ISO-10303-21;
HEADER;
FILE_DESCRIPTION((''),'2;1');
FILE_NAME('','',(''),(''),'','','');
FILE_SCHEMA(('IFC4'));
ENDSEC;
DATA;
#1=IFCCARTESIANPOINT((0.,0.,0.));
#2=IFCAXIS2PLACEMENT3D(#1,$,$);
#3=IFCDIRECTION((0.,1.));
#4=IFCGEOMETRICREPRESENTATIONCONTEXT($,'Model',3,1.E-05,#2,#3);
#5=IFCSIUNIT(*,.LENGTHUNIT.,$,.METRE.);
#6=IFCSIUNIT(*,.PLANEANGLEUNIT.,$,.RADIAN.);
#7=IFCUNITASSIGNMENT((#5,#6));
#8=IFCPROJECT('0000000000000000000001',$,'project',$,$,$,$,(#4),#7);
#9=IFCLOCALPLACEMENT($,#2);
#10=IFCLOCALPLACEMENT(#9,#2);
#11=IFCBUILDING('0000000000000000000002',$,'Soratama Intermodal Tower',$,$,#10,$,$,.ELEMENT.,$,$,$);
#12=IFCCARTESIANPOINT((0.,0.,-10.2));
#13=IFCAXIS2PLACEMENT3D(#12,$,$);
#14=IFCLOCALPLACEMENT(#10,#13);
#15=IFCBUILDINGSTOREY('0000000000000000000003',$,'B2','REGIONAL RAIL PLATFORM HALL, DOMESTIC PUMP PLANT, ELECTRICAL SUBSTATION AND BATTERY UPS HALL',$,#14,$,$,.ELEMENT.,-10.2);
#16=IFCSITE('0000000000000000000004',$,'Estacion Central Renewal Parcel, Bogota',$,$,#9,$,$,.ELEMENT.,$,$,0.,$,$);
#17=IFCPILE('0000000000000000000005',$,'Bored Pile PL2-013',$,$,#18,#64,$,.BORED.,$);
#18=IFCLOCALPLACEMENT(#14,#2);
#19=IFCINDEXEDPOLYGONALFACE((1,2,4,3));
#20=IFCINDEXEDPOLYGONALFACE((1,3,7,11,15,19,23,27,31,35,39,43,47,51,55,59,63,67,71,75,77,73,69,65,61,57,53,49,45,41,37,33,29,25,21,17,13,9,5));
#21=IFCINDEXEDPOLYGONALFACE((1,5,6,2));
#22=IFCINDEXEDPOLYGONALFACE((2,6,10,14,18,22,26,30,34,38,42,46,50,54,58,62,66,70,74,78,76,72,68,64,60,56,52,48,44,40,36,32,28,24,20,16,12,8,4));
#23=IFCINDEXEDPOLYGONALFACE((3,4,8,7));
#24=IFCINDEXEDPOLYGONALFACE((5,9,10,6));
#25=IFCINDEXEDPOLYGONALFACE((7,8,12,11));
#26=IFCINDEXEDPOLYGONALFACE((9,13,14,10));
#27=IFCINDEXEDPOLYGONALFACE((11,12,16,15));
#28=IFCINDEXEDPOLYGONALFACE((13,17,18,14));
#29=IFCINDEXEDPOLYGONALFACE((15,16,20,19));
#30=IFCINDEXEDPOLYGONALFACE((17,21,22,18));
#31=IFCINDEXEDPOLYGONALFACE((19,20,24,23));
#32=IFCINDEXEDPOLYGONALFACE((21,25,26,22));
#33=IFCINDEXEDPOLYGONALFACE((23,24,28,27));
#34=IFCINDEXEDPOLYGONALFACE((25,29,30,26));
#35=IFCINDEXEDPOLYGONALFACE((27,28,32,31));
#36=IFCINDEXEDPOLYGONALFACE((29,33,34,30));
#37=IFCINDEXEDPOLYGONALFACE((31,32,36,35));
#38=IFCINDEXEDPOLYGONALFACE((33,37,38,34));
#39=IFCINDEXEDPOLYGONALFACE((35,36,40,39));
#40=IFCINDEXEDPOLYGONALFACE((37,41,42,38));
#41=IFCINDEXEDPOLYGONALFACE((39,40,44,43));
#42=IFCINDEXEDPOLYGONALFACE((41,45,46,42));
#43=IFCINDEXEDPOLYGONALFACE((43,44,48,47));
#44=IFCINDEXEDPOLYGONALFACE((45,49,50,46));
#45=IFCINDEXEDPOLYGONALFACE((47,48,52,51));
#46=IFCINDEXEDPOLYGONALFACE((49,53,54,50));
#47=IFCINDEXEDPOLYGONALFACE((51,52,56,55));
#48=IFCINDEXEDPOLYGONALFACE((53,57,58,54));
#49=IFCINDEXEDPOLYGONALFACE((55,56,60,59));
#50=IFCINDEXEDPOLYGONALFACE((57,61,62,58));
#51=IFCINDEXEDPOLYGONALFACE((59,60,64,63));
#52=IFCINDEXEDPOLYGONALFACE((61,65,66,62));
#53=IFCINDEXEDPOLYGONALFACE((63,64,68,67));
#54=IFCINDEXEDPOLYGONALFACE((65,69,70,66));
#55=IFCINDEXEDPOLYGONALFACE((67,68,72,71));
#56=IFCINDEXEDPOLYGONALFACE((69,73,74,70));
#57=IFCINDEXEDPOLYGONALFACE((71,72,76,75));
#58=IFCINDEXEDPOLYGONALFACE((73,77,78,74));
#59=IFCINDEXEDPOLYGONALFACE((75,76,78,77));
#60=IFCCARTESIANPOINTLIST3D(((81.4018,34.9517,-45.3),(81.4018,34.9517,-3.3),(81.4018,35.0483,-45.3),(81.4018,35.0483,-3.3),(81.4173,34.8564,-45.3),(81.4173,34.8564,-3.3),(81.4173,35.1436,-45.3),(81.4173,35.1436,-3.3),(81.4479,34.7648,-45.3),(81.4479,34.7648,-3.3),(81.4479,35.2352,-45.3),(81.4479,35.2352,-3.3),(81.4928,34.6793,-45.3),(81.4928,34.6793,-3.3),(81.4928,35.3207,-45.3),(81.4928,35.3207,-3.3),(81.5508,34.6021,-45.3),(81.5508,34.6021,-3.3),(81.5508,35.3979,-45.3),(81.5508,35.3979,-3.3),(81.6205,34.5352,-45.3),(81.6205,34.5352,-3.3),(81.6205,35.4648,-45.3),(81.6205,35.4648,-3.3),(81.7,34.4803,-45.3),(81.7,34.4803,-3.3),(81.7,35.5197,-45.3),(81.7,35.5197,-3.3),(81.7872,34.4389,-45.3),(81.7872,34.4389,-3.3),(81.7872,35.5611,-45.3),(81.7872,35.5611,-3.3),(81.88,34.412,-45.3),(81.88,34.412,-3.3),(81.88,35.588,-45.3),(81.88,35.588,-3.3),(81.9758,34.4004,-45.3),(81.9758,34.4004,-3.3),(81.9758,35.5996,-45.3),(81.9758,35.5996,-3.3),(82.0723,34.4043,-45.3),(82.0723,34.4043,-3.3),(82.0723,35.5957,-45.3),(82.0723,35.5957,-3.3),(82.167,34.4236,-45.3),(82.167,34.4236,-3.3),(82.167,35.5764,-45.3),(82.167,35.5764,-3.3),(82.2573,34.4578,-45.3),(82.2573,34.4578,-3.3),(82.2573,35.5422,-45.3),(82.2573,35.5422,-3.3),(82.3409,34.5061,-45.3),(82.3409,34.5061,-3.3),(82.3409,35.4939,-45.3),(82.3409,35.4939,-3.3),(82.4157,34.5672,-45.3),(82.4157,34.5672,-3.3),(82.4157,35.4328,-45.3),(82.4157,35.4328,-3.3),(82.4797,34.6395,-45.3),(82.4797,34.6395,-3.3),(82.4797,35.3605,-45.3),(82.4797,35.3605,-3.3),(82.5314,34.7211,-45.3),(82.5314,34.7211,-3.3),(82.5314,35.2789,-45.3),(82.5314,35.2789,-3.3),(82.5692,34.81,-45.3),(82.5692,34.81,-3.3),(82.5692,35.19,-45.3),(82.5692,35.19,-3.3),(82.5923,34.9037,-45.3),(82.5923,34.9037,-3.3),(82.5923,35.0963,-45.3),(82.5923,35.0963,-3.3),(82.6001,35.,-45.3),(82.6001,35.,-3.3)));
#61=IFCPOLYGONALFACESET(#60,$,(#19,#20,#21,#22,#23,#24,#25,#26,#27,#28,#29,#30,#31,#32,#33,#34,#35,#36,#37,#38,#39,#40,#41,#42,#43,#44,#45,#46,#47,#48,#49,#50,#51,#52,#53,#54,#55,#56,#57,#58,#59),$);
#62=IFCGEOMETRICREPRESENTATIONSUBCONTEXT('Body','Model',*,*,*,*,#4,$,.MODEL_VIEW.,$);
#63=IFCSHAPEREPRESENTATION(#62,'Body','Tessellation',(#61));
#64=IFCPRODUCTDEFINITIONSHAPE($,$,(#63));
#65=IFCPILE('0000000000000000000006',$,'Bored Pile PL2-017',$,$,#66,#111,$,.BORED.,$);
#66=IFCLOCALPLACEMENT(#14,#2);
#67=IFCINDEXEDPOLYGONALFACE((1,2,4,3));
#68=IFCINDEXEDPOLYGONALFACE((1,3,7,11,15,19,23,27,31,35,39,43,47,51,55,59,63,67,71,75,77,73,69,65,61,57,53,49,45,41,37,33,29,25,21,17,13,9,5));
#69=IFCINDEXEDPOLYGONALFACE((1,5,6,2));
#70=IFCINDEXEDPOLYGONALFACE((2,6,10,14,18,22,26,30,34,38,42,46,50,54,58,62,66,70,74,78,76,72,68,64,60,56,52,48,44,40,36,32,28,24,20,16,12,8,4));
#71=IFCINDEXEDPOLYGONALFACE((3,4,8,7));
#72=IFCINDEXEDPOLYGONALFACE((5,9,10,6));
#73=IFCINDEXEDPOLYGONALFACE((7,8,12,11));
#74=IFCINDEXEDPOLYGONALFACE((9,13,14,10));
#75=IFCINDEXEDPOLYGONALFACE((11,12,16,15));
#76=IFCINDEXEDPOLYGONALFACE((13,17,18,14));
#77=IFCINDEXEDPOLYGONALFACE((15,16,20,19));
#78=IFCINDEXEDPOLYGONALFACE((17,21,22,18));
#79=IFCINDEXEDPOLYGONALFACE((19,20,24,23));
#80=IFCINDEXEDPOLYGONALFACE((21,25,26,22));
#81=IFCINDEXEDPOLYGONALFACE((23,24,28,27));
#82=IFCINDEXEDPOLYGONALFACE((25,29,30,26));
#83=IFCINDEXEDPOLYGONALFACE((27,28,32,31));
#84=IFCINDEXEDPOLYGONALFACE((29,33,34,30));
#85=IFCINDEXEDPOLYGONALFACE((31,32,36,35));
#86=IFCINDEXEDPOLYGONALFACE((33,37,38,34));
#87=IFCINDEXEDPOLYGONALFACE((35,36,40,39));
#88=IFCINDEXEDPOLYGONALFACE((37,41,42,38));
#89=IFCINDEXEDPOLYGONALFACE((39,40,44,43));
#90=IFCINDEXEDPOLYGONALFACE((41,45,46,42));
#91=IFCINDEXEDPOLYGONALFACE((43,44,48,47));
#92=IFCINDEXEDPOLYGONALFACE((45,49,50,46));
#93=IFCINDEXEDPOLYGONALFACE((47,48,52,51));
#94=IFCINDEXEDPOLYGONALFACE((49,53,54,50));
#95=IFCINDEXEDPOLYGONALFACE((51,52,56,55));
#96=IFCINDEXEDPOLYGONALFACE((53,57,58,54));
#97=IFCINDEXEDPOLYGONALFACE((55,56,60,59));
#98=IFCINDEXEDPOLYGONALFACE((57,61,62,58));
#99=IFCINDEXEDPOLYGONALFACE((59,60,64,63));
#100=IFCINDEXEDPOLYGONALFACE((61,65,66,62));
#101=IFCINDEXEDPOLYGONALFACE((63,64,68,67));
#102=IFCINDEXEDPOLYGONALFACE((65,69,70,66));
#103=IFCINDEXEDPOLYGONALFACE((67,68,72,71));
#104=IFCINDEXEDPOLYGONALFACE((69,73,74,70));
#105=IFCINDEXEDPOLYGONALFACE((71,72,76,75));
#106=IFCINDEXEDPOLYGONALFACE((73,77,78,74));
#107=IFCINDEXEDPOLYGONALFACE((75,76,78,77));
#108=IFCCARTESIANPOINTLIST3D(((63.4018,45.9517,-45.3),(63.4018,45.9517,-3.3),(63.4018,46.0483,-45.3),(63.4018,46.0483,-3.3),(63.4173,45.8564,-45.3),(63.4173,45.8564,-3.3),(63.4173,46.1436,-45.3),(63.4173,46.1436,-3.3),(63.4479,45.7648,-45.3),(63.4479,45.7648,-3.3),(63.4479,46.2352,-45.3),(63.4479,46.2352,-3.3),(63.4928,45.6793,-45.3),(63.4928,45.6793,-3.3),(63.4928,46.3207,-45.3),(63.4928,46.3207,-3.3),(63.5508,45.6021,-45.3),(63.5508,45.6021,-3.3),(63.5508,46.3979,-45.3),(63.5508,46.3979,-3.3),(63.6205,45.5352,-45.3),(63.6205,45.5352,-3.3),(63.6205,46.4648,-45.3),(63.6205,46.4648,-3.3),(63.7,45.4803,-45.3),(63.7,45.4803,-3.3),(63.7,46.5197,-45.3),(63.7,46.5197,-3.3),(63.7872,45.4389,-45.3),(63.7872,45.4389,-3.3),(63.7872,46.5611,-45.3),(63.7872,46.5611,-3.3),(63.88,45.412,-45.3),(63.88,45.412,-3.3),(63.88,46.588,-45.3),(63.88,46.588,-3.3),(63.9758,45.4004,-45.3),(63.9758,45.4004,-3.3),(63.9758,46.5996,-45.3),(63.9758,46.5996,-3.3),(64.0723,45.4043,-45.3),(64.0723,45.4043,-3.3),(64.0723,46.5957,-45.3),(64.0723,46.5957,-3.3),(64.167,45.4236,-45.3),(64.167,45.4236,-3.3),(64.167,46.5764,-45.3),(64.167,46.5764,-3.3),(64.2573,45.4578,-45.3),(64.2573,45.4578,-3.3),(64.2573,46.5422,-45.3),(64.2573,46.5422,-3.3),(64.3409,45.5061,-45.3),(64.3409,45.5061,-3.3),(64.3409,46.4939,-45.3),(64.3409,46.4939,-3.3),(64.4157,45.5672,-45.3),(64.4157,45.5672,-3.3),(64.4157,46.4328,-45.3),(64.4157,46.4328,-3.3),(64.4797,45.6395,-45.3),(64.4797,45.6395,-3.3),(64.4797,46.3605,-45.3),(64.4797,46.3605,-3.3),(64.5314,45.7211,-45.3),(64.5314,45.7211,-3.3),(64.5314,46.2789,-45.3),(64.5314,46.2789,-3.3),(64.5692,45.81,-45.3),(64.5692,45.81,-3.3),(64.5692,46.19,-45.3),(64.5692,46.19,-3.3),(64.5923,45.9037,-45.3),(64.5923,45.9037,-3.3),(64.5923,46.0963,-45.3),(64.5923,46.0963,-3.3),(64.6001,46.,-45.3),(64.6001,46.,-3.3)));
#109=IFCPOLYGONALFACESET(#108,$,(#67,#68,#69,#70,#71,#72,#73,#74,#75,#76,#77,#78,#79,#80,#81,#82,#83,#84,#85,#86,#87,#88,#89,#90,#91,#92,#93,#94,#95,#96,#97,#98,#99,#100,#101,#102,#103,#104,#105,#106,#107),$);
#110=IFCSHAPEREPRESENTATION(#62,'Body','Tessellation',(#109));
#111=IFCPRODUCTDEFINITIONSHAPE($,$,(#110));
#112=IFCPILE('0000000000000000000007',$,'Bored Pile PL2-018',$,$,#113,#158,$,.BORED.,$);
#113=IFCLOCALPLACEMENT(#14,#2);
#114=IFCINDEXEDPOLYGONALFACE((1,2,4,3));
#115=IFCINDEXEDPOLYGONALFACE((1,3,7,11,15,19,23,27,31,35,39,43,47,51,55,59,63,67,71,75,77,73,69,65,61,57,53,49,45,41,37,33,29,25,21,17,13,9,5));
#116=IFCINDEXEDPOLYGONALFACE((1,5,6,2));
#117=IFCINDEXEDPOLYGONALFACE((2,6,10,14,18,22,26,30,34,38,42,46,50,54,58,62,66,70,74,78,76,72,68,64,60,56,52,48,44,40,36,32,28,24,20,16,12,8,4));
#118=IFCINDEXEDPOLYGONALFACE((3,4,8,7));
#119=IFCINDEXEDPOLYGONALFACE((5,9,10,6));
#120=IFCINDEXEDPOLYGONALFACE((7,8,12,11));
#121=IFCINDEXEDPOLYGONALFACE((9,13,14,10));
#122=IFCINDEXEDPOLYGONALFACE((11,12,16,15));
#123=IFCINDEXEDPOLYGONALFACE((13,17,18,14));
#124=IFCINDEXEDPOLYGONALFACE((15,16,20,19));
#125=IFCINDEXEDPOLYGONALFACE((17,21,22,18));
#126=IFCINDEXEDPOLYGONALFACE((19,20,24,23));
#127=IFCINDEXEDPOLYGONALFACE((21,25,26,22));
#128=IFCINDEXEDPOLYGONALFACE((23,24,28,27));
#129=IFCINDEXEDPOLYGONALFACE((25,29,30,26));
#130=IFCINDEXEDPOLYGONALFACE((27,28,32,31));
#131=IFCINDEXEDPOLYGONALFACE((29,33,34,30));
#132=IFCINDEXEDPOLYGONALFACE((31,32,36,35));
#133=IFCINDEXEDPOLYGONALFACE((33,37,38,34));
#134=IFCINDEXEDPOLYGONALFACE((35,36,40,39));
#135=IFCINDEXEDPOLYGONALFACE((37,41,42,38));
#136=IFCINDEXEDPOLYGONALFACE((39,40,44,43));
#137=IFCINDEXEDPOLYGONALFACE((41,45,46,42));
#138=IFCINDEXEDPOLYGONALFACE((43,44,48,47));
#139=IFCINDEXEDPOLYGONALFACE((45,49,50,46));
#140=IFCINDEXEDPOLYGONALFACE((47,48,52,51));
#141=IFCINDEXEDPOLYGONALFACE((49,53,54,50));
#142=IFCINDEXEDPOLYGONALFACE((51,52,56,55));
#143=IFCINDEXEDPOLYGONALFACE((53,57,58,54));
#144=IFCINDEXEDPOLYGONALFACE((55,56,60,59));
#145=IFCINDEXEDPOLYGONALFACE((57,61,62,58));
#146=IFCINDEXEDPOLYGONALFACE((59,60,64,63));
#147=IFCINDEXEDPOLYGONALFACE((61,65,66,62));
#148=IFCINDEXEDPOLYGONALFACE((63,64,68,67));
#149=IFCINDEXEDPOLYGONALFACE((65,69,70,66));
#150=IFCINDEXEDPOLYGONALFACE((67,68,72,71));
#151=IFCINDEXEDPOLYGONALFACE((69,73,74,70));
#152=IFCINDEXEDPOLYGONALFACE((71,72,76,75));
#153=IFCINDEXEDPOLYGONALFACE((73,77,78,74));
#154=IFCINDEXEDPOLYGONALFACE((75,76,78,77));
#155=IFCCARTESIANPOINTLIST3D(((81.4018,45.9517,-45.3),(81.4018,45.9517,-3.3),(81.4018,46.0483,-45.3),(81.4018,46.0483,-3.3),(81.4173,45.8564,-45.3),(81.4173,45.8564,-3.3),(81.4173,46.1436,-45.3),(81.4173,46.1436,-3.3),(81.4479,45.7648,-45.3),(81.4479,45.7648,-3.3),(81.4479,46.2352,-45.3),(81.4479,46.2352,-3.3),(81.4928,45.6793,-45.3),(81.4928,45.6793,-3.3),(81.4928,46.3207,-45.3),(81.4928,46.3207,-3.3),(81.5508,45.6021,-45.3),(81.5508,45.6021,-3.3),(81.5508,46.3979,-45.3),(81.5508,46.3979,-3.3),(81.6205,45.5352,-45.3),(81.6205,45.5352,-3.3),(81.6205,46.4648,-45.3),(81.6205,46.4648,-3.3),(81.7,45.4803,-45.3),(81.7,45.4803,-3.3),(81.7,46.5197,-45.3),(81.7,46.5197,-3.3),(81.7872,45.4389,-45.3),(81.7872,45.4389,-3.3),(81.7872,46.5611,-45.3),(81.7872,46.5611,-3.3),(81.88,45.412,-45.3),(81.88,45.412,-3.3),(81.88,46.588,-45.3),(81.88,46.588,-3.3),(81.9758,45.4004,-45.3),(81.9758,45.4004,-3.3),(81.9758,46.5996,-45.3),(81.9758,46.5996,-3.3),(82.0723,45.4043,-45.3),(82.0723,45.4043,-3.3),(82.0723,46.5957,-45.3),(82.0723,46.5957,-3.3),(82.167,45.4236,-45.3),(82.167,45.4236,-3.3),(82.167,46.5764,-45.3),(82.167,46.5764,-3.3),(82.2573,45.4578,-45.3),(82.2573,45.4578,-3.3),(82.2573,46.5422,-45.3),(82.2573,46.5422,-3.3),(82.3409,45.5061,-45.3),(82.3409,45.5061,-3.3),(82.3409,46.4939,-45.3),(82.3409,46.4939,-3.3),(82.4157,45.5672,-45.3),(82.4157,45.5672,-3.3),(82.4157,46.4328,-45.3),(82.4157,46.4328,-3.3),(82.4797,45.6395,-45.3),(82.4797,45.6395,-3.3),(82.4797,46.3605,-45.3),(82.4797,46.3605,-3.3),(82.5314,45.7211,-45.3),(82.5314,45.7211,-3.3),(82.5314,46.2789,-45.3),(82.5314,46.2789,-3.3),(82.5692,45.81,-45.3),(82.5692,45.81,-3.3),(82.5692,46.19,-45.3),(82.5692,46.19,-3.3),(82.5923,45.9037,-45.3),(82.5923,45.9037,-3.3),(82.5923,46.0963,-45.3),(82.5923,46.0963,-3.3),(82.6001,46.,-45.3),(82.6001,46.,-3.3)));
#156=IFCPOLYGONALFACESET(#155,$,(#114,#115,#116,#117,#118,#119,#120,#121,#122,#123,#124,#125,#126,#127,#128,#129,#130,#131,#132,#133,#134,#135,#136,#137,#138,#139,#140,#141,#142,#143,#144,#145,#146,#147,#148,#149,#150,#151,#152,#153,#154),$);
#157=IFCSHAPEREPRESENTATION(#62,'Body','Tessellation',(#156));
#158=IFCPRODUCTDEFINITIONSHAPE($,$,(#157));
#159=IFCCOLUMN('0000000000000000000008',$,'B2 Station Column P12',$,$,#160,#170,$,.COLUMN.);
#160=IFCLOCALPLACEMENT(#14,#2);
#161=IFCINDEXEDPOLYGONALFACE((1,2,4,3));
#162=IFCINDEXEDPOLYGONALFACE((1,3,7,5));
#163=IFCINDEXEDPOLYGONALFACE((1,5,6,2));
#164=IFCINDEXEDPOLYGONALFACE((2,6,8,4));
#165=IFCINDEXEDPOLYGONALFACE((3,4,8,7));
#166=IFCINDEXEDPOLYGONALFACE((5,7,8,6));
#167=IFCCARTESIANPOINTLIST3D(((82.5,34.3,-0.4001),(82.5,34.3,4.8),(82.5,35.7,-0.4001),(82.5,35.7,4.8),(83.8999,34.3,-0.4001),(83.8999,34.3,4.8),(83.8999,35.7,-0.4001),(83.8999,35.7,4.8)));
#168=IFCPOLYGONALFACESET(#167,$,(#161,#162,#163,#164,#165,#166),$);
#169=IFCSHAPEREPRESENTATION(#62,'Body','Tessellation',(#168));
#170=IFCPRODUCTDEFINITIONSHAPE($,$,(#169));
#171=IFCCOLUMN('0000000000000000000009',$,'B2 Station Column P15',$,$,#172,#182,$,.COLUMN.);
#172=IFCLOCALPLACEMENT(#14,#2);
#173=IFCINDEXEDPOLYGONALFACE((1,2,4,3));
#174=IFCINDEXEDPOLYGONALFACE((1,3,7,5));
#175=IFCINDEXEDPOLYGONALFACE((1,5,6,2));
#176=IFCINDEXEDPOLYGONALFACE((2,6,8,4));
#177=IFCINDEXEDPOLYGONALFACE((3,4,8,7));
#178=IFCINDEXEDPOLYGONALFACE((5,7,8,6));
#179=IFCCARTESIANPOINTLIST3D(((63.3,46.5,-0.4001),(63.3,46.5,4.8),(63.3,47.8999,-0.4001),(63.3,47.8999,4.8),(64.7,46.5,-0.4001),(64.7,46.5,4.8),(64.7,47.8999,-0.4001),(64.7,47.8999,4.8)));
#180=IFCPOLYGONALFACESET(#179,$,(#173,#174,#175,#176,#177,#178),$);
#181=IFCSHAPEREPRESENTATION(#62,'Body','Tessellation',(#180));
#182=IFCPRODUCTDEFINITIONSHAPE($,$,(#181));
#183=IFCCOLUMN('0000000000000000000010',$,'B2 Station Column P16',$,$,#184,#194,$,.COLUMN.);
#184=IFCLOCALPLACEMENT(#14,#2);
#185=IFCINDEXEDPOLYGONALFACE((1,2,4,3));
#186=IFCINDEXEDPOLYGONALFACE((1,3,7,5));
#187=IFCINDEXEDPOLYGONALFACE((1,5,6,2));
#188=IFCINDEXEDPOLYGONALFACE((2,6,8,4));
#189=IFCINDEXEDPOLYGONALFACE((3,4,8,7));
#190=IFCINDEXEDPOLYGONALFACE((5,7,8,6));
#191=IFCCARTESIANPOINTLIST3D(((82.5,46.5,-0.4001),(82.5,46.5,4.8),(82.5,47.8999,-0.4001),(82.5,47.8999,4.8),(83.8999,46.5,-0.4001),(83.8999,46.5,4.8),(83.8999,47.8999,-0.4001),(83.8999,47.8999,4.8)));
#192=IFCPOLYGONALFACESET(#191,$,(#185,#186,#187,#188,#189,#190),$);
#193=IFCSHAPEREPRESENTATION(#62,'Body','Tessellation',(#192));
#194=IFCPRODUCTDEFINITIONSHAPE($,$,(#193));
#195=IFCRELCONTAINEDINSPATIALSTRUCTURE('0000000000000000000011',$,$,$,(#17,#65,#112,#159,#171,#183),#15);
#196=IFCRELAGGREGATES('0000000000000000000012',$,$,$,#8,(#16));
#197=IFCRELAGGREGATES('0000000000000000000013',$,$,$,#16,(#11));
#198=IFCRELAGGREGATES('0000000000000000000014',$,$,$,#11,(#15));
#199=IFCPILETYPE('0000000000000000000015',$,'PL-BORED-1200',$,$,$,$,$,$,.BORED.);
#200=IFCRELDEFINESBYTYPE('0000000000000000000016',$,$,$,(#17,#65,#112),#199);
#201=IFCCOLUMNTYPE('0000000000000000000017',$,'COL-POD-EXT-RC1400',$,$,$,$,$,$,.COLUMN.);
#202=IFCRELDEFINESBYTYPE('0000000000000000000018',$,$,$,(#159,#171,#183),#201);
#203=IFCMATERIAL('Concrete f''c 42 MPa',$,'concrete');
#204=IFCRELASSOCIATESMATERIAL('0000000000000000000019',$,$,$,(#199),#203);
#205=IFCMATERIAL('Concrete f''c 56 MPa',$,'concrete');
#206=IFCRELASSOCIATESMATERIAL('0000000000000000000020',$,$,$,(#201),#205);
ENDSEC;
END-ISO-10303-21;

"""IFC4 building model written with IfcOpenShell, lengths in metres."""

from ifc_helpers import new_model, si_unit, direction, frame, origin, origin_2d, place, context, subcontext, project, spatial, rectangle, circle, extrude, material, material_profile, profile_set, type_object, element, save


model = new_model("IFC4")

# Units and contexts
model_context = context("Model", 3, precision=1e-05, world=origin(), true_north=direction((0.0, 1.0)))
body_context = subcontext(model_context, "Body", "Model", "MODEL_VIEW")
ifc_project = project(units=[si_unit("LENGTHUNIT", "METRE"), si_unit("PLANEANGLEUNIT", "RADIAN")], contexts=[model_context])

# Site, building, storey
site_placement = place(None, origin())
site = spatial("IfcSite", under=ifc_project, at=site_placement, Name="Estacion Central Renewal Parcel, Bogota", CompositionType="ELEMENT", RefElevation=0.0)
building_placement = place(site_placement, origin())
building = spatial("IfcBuilding", under=site, at=building_placement, Name="Soratama Intermodal Tower", CompositionType="ELEMENT")
storey_placement = place(building_placement, frame((0.0, 0.0, -10.2)))
storey = spatial("IfcBuildingStorey", under=building, at=storey_placement, Name="B2", Description="REGIONAL RAIL PLATFORM HALL, DOMESTIC PUMP PLANT, ELECTRICAL SUBSTATION AND BATTERY UPS HALL", CompositionType="ELEMENT", Elevation=-10.2)

# Piles
ifc_material_1 = material(Name="Concrete f'c 42 MPa", Category="concrete")
ifc_material_profile_1 = material_profile(ifc_material_1, circle(Radius=0.6001, at=origin_2d()), Name="PILE1200")
ifc_profile_set_1 = profile_set([ifc_material_profile_1], Name="Concrete f'c 42 MPa")
pile_type = type_object("IfcPileType", Name="PL-BORED-1200", PredefinedType="BORED", material=ifc_profile_set_1)
for number, where, z_axis, x_axis, name in (
    (1, (82.0, 35.0, -3.3), (0.0, 0.0, -1.0), (1.0, 0.0, 0.0), "Bored Pile PL2-013"),
    (2, (64.0, 46.0, -3.3), (0.0, 0.0, -1.0), (1.0, 0.0, 0.0), "Bored Pile PL2-017"),
    (3, (82.0, 46.0, -3.3), (0.0, 0.0, -1.0), (1.0, 0.0, 0.0), "Bored Pile PL2-018"),
):
    element("IfcPile", number, at=place(storey_placement, frame(where, z_axis=z_axis, x_axis=x_axis)), inside=storey, type_object=pile_type, Name=name, PredefinedType="BORED", context=body_context, shape_type="SweptSolid", body=[
        extrude(circle(Radius=0.6001, at=origin_2d()), origin(), (0.0, 0.0, 1.0), 42.0),
    ])

# Columns
ifc_material_2 = material(Name="Concrete f'c 56 MPa", Category="concrete")
ifc_material_profile_2 = material_profile(ifc_material_2, rectangle(XDim=1.3999, YDim=1.3999, at=origin_2d()), Name="RC1400X1400")
ifc_profile_set_2 = profile_set([ifc_material_profile_2], Name="Concrete f'c 56 MPa")
column_type = type_object("IfcColumnType", Name="COL-POD-EXT-RC1400", PredefinedType="COLUMN", material=ifc_profile_set_2)
for number, where, z_axis, x_axis, name in (
    (4, (83.2, 35.0, -0.4001), (0.0, 0.0, 1.0), (1.0, 0.0, 0.0), "B2 Station Column P12"),
    (5, (64.0, 47.2, -0.4001), (0.0, 0.0, 1.0), (1.0, 0.0, 0.0), "B2 Station Column P15"),
    (6, (83.2, 47.2, -0.4001), (0.0, 0.0, 1.0), (1.0, 0.0, 0.0), "B2 Station Column P16"),
):
    element("IfcColumn", number, at=place(storey_placement, frame(where, z_axis=z_axis, x_axis=x_axis)), inside=storey, type_object=column_type, Name=name, PredefinedType="COLUMN", context=body_context, shape_type="SweptSolid", body=[
        extrude(rectangle(XDim=1.3999, YDim=1.3999, at=origin_2d()), origin(), (0.0, 0.0, 1.0), 5.2002),
    ])

save(model, "model.ifc")
